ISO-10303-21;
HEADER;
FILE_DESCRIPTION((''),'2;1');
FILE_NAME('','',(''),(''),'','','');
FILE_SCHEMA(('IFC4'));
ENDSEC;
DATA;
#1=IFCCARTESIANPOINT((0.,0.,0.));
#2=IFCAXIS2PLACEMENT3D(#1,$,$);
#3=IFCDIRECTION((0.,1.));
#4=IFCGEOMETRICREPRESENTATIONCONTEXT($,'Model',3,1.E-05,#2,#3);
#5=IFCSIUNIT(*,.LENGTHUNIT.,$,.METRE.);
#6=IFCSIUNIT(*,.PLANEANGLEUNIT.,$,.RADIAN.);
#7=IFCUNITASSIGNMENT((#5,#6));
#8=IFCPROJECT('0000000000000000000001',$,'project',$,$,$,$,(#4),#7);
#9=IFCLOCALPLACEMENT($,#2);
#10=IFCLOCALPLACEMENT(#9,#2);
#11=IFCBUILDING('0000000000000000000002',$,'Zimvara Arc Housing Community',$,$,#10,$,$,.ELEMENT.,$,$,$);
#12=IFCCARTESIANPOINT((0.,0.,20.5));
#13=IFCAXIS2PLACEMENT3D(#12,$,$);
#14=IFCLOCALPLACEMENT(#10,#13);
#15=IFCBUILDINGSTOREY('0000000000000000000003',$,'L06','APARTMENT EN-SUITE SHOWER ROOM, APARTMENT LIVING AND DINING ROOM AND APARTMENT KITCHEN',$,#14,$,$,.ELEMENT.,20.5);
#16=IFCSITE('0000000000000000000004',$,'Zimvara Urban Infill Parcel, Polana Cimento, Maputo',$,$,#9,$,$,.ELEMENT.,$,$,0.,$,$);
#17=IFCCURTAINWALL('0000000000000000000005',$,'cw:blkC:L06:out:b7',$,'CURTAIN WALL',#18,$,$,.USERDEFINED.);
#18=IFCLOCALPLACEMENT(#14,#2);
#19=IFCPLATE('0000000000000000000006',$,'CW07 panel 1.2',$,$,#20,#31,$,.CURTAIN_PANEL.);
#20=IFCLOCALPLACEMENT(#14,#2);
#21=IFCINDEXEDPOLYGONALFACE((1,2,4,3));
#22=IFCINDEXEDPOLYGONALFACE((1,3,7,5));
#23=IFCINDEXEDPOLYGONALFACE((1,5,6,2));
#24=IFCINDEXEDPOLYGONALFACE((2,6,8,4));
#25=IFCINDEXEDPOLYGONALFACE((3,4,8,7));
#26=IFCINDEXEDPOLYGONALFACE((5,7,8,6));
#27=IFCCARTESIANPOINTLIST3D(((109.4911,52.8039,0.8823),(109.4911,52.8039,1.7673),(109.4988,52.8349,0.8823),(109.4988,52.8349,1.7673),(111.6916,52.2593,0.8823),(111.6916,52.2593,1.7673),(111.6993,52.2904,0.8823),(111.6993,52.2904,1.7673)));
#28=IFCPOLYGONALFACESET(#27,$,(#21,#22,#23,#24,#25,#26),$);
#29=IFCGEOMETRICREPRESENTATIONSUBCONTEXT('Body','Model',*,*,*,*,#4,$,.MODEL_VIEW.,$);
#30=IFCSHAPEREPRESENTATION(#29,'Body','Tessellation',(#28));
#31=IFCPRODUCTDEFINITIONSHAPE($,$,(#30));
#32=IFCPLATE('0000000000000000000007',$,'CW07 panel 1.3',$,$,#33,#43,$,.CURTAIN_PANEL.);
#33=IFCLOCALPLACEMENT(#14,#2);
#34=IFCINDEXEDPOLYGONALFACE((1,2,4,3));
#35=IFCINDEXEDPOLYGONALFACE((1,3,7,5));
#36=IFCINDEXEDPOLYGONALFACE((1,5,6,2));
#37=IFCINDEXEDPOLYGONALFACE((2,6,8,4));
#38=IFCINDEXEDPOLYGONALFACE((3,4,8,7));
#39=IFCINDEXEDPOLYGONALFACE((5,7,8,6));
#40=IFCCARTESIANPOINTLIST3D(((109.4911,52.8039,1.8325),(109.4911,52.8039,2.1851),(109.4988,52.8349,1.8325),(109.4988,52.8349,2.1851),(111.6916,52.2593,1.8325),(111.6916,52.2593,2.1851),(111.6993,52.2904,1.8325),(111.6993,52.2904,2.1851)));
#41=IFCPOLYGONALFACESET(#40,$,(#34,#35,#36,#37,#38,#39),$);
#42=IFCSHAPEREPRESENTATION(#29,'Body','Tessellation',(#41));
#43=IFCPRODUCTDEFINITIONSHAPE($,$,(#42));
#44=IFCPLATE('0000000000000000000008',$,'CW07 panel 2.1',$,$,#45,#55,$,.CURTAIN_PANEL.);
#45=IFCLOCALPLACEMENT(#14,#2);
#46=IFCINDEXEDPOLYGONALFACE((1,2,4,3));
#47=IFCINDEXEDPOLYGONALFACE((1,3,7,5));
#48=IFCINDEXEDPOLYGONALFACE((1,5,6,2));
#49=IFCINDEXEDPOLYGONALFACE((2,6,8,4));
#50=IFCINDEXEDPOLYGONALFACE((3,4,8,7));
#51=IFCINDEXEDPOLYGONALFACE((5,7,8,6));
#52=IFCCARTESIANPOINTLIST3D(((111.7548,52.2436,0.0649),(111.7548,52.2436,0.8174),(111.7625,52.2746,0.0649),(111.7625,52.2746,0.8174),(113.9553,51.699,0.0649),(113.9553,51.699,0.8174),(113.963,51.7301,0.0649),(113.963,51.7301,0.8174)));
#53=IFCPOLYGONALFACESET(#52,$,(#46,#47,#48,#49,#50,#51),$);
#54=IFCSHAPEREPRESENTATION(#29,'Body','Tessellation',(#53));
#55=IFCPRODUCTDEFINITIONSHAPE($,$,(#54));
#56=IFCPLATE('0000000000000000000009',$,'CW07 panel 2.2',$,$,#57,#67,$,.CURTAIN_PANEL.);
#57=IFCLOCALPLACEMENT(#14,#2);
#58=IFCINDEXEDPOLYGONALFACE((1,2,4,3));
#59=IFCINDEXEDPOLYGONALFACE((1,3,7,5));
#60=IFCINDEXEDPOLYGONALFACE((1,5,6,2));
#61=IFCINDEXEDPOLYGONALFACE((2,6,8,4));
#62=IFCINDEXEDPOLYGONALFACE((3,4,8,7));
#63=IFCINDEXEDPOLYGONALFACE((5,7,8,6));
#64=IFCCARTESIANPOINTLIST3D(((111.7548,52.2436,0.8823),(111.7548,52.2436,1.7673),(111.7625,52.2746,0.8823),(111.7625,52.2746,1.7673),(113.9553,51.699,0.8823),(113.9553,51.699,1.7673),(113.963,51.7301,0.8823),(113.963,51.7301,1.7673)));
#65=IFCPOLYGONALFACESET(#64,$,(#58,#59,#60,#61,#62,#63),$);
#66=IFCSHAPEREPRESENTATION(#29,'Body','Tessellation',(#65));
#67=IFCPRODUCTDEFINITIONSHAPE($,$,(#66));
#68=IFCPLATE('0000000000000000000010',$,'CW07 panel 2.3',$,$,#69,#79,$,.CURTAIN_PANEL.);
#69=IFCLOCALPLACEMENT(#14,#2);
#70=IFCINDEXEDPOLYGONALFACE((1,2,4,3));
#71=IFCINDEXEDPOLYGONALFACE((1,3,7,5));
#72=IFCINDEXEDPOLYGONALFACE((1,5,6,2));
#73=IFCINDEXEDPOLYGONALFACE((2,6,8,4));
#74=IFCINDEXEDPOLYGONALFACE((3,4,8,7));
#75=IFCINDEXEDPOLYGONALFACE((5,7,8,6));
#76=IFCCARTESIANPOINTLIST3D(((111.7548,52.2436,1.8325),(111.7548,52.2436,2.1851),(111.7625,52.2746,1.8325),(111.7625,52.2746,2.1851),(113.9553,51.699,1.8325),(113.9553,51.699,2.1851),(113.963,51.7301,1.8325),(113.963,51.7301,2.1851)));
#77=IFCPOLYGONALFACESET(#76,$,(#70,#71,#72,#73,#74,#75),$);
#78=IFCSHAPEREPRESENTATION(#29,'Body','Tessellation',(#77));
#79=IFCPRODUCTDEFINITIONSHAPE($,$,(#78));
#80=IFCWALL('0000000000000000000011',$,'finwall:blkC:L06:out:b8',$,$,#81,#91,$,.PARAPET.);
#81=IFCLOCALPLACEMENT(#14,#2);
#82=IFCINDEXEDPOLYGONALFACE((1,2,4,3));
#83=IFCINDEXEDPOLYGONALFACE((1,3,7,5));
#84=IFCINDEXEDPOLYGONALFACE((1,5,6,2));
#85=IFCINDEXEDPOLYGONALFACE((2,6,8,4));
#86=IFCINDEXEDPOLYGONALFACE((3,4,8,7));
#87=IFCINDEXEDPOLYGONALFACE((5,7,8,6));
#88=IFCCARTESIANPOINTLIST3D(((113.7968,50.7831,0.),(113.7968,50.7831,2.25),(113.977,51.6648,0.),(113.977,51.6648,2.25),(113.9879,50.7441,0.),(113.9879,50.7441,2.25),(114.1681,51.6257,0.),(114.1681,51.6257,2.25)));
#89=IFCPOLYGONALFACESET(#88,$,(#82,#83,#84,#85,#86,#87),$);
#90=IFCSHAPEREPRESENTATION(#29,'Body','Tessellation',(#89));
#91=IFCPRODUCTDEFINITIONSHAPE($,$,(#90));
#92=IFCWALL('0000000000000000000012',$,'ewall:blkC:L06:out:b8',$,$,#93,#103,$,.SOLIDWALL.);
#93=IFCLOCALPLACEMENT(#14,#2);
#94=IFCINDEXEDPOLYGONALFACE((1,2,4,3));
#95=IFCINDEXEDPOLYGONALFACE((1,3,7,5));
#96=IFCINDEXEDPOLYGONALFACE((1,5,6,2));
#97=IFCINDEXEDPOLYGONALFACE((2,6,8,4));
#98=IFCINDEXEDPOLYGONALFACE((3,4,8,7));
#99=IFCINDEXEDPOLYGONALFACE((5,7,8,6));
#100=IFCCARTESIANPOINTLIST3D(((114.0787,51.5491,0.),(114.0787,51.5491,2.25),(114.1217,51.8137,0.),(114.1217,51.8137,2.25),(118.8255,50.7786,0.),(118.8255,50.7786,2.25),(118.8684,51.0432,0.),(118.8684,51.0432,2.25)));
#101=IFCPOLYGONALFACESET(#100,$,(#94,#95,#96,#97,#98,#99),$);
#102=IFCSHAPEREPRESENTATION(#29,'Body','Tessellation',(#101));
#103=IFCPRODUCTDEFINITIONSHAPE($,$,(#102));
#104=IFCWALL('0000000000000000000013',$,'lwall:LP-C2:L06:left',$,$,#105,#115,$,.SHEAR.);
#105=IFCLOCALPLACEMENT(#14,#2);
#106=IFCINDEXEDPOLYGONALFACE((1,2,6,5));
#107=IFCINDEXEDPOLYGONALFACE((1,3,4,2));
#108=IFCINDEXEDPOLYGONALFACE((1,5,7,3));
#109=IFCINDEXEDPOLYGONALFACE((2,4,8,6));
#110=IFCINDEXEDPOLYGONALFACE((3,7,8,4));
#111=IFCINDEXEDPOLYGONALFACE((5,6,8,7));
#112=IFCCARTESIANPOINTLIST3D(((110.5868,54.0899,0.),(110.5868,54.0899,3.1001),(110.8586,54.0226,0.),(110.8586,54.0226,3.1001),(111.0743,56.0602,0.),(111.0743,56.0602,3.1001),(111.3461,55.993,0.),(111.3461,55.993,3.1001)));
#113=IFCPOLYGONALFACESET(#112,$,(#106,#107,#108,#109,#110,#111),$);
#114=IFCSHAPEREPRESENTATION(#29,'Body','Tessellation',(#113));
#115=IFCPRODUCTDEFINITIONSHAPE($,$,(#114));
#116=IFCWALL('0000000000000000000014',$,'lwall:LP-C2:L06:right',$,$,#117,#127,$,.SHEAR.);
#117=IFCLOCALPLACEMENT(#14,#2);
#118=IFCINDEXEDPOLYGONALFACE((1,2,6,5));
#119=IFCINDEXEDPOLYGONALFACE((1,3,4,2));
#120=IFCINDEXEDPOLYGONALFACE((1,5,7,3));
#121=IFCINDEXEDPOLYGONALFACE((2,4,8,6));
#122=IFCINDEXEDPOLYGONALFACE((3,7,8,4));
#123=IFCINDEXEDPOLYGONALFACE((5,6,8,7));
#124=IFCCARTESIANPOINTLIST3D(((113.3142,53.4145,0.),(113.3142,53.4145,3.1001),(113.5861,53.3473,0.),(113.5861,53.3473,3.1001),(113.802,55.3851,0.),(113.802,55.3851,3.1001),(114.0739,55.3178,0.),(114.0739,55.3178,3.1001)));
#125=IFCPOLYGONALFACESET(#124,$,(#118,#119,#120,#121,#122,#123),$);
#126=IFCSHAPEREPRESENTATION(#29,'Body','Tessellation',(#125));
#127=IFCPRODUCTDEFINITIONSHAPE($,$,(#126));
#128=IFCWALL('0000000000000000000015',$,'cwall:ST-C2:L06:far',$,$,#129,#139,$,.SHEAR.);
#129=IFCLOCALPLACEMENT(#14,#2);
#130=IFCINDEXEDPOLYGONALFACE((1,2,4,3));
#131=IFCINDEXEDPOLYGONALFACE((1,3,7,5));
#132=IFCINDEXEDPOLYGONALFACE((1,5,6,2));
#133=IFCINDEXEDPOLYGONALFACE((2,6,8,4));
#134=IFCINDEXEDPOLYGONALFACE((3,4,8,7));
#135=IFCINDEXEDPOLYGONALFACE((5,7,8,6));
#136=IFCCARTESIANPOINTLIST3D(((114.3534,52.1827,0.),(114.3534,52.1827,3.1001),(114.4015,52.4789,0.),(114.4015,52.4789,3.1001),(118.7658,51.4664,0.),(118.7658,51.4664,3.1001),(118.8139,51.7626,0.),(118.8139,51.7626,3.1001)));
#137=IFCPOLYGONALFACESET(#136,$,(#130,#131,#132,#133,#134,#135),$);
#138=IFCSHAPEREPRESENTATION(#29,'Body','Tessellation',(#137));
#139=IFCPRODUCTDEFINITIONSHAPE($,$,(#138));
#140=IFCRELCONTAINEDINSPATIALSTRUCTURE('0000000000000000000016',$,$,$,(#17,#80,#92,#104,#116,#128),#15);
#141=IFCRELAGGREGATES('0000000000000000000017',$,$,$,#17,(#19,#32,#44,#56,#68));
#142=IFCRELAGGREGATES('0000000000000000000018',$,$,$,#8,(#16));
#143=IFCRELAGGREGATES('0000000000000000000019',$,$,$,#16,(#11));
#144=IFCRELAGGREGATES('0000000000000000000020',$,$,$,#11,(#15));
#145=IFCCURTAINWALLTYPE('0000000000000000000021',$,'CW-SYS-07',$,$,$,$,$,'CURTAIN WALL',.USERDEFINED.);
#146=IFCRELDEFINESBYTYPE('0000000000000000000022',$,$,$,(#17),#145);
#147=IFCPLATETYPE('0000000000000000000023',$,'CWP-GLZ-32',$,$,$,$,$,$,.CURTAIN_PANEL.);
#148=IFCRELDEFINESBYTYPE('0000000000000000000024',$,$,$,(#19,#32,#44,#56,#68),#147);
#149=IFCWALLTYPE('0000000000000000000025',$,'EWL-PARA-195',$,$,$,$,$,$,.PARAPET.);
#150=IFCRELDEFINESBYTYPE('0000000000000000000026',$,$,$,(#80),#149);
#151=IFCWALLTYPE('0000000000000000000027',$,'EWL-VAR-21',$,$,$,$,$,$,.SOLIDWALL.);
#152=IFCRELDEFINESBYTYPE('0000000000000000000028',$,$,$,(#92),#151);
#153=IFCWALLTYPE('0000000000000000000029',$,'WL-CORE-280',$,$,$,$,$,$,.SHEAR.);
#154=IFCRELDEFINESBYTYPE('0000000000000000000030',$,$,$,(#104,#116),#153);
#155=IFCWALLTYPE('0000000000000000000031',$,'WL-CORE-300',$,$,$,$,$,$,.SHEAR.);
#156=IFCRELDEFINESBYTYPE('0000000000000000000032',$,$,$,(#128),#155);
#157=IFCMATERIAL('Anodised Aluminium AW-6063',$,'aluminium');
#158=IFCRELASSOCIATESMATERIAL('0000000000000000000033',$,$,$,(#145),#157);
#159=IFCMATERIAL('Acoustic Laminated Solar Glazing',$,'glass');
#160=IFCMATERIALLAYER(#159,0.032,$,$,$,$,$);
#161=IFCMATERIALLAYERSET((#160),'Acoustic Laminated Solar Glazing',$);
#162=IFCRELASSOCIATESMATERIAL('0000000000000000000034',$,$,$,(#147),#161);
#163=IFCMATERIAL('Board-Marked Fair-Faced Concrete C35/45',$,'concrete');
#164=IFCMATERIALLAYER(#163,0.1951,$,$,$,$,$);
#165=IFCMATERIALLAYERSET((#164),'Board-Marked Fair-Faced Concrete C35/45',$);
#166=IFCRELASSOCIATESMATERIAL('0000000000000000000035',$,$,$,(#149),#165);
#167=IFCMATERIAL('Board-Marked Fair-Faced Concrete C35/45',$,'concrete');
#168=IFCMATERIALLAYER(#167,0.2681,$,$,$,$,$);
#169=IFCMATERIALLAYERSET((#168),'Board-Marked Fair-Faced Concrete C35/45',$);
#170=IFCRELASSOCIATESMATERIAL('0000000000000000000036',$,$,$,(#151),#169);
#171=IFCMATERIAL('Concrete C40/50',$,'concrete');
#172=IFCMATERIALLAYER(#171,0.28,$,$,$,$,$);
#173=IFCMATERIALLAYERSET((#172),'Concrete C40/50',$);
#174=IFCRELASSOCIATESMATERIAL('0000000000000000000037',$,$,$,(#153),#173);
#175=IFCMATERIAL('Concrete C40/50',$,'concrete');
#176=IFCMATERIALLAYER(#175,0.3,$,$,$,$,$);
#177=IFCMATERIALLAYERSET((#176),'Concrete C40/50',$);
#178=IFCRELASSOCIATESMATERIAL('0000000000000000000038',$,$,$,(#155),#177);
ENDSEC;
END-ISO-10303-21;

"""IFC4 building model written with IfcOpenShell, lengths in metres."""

from ifc_helpers import new_model, si_unit, direction, frame, frame_2d, origin, origin_2d, place, context, subcontext, project, spatial, rectangle, extrude, material, layer, layer_set, type_object, element, aggregate, save


model = new_model("IFC4")

# Units and contexts
model_context = context("Model", 3, precision=1e-05, world=origin(), true_north=direction((0.0, 1.0)))
body_context = subcontext(model_context, "Body", "Model", "MODEL_VIEW")
ifc_project = project(units=[si_unit("LENGTHUNIT", "METRE"), si_unit("PLANEANGLEUNIT", "RADIAN")], contexts=[model_context])

# Site, building, storey
site_placement = place(None, origin())
site = spatial("IfcSite", under=ifc_project, at=site_placement, Name="Zimvara Urban Infill Parcel, Polana Cimento, Maputo", CompositionType="ELEMENT", RefElevation=0.0)
building_placement = place(site_placement, origin())
building = spatial("IfcBuilding", under=site, at=building_placement, Name="Zimvara Arc Housing Community", CompositionType="ELEMENT")
storey_placement = place(building_placement, frame((0.0, 0.0, 20.5)))
storey = spatial("IfcBuildingStorey", under=building, at=storey_placement, Name="L06", Description="APARTMENT EN-SUITE SHOWER ROOM, APARTMENT LIVING AND DINING ROOM AND APARTMENT KITCHEN", CompositionType="ELEMENT", Elevation=20.5)

# Curtain wall, plates
ifc_material_1 = material(Name="Anodised Aluminium AW-6063", Category="aluminium")
curtain_wall_type = type_object("IfcCurtainWallType", Name="CW-SYS-07", ElementType="CURTAIN WALL", PredefinedType="USERDEFINED", material=ifc_material_1)
curtain_wall_placement = place(storey_placement, origin())
curtain_wall = element("IfcCurtainWall", 1, at=curtain_wall_placement, inside=storey, type_object=curtain_wall_type, Name="cw:blkC:L06:out:b7", ObjectType="CURTAIN WALL", PredefinedType="USERDEFINED")
ifc_material_2 = material(Name="Acoustic Laminated Solar Glazing", Category="glass")
ifc_layer_1 = layer(ifc_material_2, 0.032)
ifc_layer_set_1 = layer_set([ifc_layer_1], Name="Acoustic Laminated Solar Glazing")
plate_type = type_object("IfcPlateType", Name="CWP-GLZ-32", PredefinedType="CURTAIN_PANEL", material=ifc_layer_set_1)
plate_1_placement = place(storey_placement, frame((110.5952, 52.5471, 0.8823), z_axis=(0.0, 0.0, 1.0), x_axis=(0.970716, -0.24023, 0.0)))
plate_1 = element("IfcPlate", 2, at=plate_1_placement, type_object=plate_type, Name="CW07 panel 1.2", PredefinedType="CURTAIN_PANEL", context=body_context, shape_type="SweptSolid", body=[
    extrude(rectangle(XDim=2.2668, YDim=0.032, at=origin_2d()), origin(), (0.0, 0.0, 1.0), 0.885),
])
plate_2_placement = place(storey_placement, frame((110.5952, 52.5471, 1.8325), z_axis=(0.0, 0.0, 1.0), x_axis=(0.970716, -0.24023, 0.0)))
plate_2 = element("IfcPlate", 3, at=plate_2_placement, type_object=plate_type, Name="CW07 panel 1.3", PredefinedType="CURTAIN_PANEL", context=body_context, shape_type="SweptSolid", body=[
    extrude(rectangle(XDim=2.2668, YDim=0.032, at=origin_2d()), origin(), (0.0, 0.0, 1.0), 0.3525),
])
plate_3_placement = place(storey_placement, frame((112.8589, 51.9868, 0.0649), z_axis=(0.0, 0.0, 1.0), x_axis=(0.970716, -0.24023, 0.0)))
plate_3 = element("IfcPlate", 4, at=plate_3_placement, type_object=plate_type, Name="CW07 panel 2.1", PredefinedType="CURTAIN_PANEL", context=body_context, shape_type="SweptSolid", body=[
    extrude(rectangle(XDim=2.2668, YDim=0.032, at=origin_2d()), origin(), (0.0, 0.0, 1.0), 0.7524),
])
plate_4_placement = place(storey_placement, frame((112.8589, 51.9868, 0.8823), z_axis=(0.0, 0.0, 1.0), x_axis=(0.970716, -0.24023, 0.0)))
plate_4 = element("IfcPlate", 5, at=plate_4_placement, type_object=plate_type, Name="CW07 panel 2.2", PredefinedType="CURTAIN_PANEL", context=body_context, shape_type="SweptSolid", body=[
    extrude(rectangle(XDim=2.2668, YDim=0.032, at=origin_2d()), origin(), (0.0, 0.0, 1.0), 0.885),
])
plate_5_placement = place(storey_placement, frame((112.8589, 51.9868, 1.8325), z_axis=(0.0, 0.0, 1.0), x_axis=(0.970716, -0.24023, 0.0)))
plate_5 = element("IfcPlate", 6, at=plate_5_placement, type_object=plate_type, Name="CW07 panel 2.3", PredefinedType="CURTAIN_PANEL", context=body_context, shape_type="SweptSolid", body=[
    extrude(rectangle(XDim=2.2668, YDim=0.032, at=origin_2d()), origin(), (0.0, 0.0, 1.0), 0.3525),
])
aggregate(curtain_wall, [plate_1, plate_2, plate_3, plate_4, plate_5])

# Walls
ifc_material_3 = material(Name="Board-Marked Fair-Faced Concrete C35/45", Category="concrete")
ifc_layer_2 = layer(ifc_material_3, 0.1951)
ifc_layer_set_2 = layer_set([ifc_layer_2], Name="Board-Marked Fair-Faced Concrete C35/45")
wall_type_1 = type_object("IfcWallType", Name="EWL-PARA-195", PredefinedType="PARAPET", material=ifc_layer_set_2)
wall_1_placement = place(storey_placement, frame((114.0725, 51.6453, 0.0), z_axis=(0.0, 0.0, 1.0), x_axis=(-0.200236, -0.979748, 0.0)))
element("IfcWall", 7, at=wall_1_placement, inside=storey, type_object=wall_type_1, Name="finwall:blkC:L06:out:b8", PredefinedType="PARAPET", context=body_context, shape_type="SweptSolid", body=[
    extrude(rectangle(XDim=0.8999, YDim=0.1951, at=frame_2d((0.45, 0.0))), origin(), (0.0, 0.0, 1.0), 2.25),
])
ifc_material_4 = material(Name="Board-Marked Fair-Faced Concrete C35/45", Category="concrete")
ifc_layer_3 = layer(ifc_material_4, 0.2681)
ifc_layer_set_3 = layer_set([ifc_layer_3], Name="Board-Marked Fair-Faced Concrete C35/45")
wall_type_2 = type_object("IfcWallType", Name="EWL-VAR-21", PredefinedType="SOLIDWALL", material=ifc_layer_set_3)
wall_2_placement = place(storey_placement, frame((114.1003, 51.6814, 0.0), z_axis=(0.0, 0.0, 1.0), x_axis=(0.987081, -0.160224, 0.0)))
element("IfcWall", 8, at=wall_2_placement, inside=storey, type_object=wall_type_2, Name="ewall:blkC:L06:out:b8", PredefinedType="SOLIDWALL", context=body_context, shape_type="SweptSolid", body=[
    extrude(rectangle(XDim=4.8088, YDim=0.2681, at=frame_2d((2.4043, 0.0))), origin(), (0.0, 0.0, 1.0), 2.25),
])

# Shared definitions
ifc_material_5 = material(Name="Concrete C40/50", Category="concrete")
ifc_layer_4 = layer(ifc_material_5, 0.28)
ifc_layer_set_4 = layer_set([ifc_layer_4], Name="Concrete C40/50")
wall_type_3 = type_object("IfcWallType", Name="WL-CORE-280", PredefinedType="SHEAR", material=ifc_layer_set_4)

# Walls
wall_3_placement = place(storey_placement, frame((111.2102, 56.0266, 0.0), z_axis=(0.0, 0.0, 1.0), x_axis=(-0.240186, -0.970727, 0.0)))
element("IfcWall", 9, at=wall_3_placement, inside=storey, type_object=wall_type_3, Name="lwall:LP-C2:L06:left", PredefinedType="SHEAR", context=body_context, shape_type="SweptSolid", body=[
    extrude(rectangle(XDim=2.0298, YDim=0.28, at=frame_2d((1.0149, 0.0))), origin(), (0.0, 0.0, 1.0), 3.1001),
])
wall_4_placement = place(storey_placement, frame((113.938, 55.3516, 0.0), z_axis=(0.0, 0.0, 1.0), x_axis=(-0.240299, -0.970699, 0.0)))
element("IfcWall", 10, at=wall_4_placement, inside=storey, type_object=wall_type_3, Name="lwall:LP-C2:L06:right", PredefinedType="SHEAR", context=body_context, shape_type="SweptSolid", body=[
    extrude(rectangle(XDim=2.03, YDim=0.28, at=frame_2d((1.0151, 0.0))), origin(), (0.0, 0.0, 1.0), 3.1001),
])

# Shared definitions
ifc_material_6 = material(Name="Concrete C40/50", Category="concrete")
ifc_layer_5 = layer(ifc_material_6, 0.3)
ifc_layer_set_5 = layer_set([ifc_layer_5], Name="Concrete C40/50")
wall_type_4 = type_object("IfcWallType", Name="WL-CORE-300", PredefinedType="SHEAR", material=ifc_layer_set_5)

# Wall
wall_5_placement = place(storey_placement, frame((114.3774, 52.3308, 0.0), z_axis=(0.0, 0.0, 1.0), x_axis=(0.987077, -0.160244, 0.0)))
element("IfcWall", 11, at=wall_5_placement, inside=storey, type_object=wall_type_4, Name="cwall:ST-C2:L06:far", PredefinedType="SHEAR", context=body_context, shape_type="SweptSolid", body=[
    extrude(rectangle(XDim=4.4702, YDim=0.3, at=frame_2d((2.2351, 0.0))), origin(), (0.0, 0.0, 1.0), 3.1001),
])

save(model, "model.ifc")
